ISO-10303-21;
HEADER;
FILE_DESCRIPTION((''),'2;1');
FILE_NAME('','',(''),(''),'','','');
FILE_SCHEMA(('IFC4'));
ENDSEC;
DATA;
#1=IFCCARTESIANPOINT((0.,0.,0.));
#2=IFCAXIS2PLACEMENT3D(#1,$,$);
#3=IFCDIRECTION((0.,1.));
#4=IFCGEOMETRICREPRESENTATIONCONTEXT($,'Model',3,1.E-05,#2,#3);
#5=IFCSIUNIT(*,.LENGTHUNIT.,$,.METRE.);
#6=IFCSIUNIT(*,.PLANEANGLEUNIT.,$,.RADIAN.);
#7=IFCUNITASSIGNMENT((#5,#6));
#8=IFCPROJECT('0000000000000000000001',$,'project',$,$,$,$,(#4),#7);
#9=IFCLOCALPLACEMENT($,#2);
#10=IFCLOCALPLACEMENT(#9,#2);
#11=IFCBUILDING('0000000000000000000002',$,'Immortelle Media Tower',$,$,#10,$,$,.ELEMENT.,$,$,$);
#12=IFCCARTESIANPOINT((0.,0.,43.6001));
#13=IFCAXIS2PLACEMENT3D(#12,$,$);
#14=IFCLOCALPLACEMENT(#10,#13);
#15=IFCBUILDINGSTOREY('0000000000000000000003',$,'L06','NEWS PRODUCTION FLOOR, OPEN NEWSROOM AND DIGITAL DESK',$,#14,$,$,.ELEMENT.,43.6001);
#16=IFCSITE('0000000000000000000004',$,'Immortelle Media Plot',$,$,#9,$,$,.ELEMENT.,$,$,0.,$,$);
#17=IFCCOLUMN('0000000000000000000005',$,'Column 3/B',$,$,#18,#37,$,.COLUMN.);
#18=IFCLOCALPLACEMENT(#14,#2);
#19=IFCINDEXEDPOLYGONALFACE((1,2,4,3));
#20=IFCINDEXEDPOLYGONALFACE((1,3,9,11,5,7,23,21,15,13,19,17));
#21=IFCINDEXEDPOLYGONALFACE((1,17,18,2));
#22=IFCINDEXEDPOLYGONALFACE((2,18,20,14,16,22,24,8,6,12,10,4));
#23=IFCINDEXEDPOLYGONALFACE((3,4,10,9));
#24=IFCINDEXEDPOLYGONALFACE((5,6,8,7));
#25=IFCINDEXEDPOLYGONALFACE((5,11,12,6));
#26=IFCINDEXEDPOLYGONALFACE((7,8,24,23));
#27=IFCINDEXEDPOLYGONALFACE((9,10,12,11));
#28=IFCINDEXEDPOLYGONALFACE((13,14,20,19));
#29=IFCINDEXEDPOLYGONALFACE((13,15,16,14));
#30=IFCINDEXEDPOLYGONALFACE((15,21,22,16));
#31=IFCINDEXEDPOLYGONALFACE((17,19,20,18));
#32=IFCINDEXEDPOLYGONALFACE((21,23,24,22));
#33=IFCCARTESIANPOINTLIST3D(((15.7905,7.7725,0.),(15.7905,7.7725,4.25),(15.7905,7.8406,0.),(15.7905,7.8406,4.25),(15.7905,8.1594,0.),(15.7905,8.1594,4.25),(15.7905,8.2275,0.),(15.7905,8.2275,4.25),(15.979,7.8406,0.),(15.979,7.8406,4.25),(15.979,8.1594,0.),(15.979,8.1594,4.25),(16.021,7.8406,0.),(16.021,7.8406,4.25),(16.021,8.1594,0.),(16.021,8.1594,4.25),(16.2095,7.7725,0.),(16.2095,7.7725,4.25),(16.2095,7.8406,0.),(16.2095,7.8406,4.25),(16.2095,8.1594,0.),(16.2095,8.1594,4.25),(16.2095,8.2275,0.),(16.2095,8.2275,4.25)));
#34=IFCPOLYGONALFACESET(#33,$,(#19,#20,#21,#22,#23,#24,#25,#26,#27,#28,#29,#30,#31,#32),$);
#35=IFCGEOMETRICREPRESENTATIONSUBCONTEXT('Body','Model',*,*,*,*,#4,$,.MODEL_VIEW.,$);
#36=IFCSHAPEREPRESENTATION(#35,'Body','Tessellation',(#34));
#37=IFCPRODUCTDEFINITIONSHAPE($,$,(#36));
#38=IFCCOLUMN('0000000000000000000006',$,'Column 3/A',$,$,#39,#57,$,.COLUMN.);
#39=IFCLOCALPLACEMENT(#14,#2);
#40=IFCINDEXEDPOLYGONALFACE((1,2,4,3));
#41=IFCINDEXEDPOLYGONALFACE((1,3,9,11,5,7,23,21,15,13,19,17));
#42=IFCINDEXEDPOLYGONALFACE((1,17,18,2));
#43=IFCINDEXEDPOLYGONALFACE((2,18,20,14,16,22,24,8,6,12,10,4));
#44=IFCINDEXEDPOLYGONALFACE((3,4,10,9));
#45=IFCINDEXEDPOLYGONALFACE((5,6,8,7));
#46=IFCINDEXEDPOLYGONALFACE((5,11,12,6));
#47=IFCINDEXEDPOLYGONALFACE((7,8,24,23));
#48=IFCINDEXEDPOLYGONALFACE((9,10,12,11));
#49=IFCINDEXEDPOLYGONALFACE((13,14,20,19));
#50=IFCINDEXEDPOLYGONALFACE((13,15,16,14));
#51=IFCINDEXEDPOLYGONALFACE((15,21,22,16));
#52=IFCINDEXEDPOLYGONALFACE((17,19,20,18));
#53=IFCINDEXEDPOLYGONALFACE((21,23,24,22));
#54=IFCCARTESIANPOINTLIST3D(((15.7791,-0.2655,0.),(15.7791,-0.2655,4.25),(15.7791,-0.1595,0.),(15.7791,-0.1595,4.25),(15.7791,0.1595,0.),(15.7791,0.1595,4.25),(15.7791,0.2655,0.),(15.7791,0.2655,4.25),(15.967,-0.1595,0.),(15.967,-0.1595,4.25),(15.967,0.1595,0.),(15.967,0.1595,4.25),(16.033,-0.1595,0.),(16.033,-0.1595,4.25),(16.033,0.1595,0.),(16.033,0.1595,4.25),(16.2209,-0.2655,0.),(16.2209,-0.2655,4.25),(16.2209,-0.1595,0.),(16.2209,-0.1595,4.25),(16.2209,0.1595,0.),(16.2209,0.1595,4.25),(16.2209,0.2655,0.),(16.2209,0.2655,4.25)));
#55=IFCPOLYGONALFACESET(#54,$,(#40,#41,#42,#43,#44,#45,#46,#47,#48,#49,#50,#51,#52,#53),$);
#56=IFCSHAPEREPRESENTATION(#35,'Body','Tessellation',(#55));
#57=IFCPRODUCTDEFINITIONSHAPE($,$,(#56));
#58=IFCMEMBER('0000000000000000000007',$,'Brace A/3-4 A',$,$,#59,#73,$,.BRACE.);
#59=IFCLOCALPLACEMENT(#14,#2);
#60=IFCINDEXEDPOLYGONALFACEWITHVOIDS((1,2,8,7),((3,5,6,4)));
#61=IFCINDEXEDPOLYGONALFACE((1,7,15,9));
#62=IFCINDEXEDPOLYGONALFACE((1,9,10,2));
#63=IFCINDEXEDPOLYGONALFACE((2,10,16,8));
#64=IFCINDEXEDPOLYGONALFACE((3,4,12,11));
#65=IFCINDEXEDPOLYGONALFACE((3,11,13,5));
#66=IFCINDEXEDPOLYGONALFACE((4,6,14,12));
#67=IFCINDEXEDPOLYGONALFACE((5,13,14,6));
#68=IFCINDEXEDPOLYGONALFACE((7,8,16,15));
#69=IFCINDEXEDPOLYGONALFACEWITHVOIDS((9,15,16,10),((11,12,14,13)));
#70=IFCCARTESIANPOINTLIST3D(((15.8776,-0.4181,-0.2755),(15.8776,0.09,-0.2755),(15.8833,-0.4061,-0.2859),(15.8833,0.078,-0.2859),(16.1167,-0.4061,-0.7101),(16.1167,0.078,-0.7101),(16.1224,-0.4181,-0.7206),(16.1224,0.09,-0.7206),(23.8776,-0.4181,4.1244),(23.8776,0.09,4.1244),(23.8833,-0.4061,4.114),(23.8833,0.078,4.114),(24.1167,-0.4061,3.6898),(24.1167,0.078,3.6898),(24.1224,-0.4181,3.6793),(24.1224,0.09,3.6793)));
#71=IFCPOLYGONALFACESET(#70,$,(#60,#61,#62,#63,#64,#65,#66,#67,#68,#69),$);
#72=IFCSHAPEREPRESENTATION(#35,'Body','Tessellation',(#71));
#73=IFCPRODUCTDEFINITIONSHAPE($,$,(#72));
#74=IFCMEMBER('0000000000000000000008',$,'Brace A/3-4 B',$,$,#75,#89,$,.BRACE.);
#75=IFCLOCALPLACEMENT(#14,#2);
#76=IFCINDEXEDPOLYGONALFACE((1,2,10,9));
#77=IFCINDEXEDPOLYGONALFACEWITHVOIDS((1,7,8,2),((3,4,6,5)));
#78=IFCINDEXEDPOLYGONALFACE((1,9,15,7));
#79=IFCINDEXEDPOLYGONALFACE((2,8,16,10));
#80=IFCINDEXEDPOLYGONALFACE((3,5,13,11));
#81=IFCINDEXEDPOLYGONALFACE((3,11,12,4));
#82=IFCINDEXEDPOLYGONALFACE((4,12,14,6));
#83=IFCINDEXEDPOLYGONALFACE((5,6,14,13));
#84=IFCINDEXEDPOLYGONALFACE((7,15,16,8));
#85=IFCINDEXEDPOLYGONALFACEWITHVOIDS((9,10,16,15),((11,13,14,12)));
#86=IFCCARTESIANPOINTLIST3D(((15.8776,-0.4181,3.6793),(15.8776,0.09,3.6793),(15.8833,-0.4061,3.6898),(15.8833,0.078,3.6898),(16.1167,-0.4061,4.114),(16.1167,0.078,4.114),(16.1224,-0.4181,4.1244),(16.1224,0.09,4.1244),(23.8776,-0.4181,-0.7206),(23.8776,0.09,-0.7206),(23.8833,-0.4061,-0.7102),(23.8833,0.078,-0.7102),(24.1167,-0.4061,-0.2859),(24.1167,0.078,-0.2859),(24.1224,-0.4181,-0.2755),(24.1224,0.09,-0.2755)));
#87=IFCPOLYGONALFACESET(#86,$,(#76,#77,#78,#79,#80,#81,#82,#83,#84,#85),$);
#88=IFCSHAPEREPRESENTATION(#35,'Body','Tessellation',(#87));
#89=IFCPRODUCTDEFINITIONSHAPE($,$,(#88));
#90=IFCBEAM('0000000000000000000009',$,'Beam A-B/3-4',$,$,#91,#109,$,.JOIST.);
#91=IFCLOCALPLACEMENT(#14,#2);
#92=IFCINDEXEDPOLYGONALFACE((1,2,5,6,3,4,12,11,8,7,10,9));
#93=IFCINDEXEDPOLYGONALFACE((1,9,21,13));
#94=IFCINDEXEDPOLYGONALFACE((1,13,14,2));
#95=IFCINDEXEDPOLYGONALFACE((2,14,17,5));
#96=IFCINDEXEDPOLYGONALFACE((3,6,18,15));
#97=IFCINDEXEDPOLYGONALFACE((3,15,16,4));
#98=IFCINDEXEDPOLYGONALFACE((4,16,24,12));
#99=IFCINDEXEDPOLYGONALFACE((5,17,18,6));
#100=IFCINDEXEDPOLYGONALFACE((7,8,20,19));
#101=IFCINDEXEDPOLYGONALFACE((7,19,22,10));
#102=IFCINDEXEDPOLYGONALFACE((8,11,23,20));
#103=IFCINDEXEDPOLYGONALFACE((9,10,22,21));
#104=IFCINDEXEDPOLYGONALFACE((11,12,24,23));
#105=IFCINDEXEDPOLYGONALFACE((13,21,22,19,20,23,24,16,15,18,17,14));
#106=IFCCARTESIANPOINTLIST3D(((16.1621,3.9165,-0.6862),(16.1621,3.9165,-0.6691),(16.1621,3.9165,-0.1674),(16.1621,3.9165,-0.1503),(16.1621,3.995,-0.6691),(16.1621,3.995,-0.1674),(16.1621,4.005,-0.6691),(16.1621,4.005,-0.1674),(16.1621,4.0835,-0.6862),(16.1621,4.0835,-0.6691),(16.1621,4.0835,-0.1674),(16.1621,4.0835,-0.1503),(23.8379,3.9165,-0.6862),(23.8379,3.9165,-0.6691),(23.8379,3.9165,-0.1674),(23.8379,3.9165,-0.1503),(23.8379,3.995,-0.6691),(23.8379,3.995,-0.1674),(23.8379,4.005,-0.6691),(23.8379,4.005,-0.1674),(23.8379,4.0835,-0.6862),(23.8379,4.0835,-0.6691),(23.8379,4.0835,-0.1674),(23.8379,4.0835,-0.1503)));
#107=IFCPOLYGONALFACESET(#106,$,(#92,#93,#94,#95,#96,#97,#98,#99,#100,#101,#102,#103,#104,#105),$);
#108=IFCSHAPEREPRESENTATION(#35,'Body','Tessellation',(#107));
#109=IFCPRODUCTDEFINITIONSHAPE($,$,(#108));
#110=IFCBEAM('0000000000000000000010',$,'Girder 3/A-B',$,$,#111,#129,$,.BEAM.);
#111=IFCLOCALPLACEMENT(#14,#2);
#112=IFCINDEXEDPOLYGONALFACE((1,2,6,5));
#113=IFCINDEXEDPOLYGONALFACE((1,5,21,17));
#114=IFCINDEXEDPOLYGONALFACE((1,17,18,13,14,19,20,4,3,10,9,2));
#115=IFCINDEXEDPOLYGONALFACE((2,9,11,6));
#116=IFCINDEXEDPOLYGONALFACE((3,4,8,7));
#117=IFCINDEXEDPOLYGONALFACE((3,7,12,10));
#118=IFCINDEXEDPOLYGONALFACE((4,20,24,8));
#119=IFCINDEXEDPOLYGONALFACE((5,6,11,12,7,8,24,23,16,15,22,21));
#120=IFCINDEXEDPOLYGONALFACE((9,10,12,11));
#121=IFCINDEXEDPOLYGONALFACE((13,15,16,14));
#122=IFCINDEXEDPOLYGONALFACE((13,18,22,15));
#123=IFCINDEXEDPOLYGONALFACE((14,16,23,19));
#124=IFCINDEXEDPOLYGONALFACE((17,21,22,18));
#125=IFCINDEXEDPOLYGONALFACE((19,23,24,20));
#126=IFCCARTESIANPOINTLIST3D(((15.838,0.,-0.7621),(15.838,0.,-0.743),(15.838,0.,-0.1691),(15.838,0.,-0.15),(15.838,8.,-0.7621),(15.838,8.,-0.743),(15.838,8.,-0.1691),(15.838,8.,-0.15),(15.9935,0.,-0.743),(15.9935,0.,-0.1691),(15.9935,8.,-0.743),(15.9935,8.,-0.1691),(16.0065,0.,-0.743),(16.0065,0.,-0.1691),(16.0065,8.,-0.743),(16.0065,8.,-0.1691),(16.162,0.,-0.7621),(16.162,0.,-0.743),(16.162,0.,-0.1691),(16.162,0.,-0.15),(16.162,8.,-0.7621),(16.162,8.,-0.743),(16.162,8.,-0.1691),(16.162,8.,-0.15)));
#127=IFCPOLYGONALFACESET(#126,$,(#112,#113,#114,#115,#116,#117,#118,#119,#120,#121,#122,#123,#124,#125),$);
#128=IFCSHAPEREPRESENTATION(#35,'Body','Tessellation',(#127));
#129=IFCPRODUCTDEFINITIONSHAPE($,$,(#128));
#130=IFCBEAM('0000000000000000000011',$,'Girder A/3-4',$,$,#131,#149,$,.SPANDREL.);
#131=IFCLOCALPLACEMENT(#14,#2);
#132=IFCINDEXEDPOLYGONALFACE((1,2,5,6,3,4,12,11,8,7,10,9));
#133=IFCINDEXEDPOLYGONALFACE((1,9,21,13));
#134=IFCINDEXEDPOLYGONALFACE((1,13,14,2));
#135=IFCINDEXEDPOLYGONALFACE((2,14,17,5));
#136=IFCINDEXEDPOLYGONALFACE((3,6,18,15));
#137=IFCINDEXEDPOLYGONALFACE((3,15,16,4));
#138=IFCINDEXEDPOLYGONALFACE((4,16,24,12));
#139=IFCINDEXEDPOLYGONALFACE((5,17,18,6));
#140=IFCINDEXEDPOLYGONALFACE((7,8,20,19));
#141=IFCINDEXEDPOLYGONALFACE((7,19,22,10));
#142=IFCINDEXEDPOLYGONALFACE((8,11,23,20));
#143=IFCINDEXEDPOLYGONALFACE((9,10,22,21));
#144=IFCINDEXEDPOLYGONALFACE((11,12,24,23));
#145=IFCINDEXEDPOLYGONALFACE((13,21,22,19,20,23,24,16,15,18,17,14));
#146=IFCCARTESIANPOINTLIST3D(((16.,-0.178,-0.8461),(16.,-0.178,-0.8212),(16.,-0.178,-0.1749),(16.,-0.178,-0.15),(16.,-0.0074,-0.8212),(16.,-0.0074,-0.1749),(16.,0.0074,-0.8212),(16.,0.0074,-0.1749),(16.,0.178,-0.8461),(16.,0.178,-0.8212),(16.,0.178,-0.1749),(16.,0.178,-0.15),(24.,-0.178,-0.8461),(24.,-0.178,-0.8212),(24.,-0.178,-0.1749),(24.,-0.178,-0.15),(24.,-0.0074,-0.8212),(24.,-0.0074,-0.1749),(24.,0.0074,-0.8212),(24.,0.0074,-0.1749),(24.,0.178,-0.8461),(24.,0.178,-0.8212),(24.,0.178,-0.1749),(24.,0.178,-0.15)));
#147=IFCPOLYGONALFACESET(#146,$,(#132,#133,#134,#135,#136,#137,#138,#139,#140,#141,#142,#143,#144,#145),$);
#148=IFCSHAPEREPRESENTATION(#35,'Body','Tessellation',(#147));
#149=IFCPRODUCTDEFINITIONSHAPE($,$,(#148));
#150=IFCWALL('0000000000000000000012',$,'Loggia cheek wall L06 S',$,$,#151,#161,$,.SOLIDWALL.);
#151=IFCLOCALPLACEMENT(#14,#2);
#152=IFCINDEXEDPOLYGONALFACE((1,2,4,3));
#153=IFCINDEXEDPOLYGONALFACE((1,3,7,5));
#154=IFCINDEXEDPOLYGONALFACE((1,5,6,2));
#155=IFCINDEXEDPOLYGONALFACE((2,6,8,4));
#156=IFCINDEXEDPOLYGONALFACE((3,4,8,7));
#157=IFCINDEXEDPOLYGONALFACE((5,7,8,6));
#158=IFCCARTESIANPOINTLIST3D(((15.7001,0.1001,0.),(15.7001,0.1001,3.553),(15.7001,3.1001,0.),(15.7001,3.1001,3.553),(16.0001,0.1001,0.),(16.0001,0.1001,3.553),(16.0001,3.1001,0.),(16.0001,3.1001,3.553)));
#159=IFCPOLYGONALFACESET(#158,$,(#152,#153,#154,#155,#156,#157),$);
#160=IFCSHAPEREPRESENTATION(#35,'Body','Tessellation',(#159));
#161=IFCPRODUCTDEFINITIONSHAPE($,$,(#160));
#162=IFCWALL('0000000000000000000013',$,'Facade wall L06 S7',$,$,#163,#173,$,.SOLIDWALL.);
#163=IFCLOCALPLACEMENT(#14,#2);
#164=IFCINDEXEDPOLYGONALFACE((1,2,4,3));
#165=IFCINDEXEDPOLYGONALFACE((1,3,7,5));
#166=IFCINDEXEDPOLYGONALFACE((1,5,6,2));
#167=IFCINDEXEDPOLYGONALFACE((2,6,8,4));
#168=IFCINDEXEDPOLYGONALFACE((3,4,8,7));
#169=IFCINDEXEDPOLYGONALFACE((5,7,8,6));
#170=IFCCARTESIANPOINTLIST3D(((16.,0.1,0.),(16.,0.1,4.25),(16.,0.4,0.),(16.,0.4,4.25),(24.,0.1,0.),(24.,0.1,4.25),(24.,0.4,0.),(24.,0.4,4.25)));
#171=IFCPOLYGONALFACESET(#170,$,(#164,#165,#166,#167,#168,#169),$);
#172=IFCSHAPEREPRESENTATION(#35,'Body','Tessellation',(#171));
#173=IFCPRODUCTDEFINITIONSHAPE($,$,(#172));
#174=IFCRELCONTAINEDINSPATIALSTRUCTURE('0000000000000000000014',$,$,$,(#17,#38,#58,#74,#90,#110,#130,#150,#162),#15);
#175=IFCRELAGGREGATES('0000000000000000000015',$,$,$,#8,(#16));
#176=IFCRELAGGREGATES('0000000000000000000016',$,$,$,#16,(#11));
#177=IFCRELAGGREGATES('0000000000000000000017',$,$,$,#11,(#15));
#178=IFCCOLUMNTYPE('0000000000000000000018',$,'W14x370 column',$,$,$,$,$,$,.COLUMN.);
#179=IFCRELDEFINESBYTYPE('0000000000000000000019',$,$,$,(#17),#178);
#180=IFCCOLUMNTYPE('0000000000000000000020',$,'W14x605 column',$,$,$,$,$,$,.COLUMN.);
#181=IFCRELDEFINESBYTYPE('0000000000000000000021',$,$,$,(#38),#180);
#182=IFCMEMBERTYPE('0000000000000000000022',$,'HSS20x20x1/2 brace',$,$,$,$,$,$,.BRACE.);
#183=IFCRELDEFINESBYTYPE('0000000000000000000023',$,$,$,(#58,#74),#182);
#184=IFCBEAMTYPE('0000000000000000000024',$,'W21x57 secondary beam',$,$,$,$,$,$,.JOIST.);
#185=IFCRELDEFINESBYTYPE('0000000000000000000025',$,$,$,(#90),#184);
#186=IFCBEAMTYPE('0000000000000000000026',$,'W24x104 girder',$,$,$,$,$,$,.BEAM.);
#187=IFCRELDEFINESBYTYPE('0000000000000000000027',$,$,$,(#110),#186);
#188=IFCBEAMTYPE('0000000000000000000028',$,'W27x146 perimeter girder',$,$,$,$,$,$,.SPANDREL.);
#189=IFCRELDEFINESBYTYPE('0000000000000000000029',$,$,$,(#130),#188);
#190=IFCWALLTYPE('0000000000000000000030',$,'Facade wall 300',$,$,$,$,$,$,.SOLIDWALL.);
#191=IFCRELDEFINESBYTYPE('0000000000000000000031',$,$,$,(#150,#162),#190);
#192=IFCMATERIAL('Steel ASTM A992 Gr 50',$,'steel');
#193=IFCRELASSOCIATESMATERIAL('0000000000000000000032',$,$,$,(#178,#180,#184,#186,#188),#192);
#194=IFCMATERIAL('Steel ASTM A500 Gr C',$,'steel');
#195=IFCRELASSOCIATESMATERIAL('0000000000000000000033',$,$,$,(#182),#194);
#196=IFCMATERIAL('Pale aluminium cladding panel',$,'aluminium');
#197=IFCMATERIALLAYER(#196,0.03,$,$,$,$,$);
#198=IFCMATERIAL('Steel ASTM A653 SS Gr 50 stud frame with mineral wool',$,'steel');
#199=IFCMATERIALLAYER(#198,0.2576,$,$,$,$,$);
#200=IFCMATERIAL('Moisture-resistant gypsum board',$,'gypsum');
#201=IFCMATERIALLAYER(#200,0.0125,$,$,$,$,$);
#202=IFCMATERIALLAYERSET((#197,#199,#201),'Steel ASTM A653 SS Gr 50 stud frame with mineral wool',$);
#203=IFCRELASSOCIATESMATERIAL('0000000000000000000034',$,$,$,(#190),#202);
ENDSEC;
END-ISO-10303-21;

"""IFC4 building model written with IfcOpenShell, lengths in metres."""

from ifc_helpers import new_model, si_unit, direction, frame, frame_2d, origin, origin_2d, place, context, subcontext, project, spatial, rectangle, hollow_rectangle, i_section, extrude, material, layer, layer_set, material_profile, profile_set, type_object, element, save


model = new_model("IFC4")

# Units and contexts
model_context = context("Model", 3, precision=1e-05, world=origin(), true_north=direction((0.0, 1.0)))
body_context = subcontext(model_context, "Body", "Model", "MODEL_VIEW")
ifc_project = project(units=[si_unit("LENGTHUNIT", "METRE"), si_unit("PLANEANGLEUNIT", "RADIAN")], contexts=[model_context])

# Site, building, storey
site_placement = place(None, origin())
site = spatial("IfcSite", under=ifc_project, at=site_placement, Name="Immortelle Media Plot", CompositionType="ELEMENT", RefElevation=0.0)
building_placement = place(site_placement, origin())
building = spatial("IfcBuilding", under=site, at=building_placement, Name="Immortelle Media Tower", CompositionType="ELEMENT")
storey_placement = place(building_placement, frame((0.0, 0.0, 43.6001)))
storey = spatial("IfcBuildingStorey", under=building, at=storey_placement, Name="L06", Description="NEWS PRODUCTION FLOOR, OPEN NEWSROOM AND DIGITAL DESK", CompositionType="ELEMENT", Elevation=43.6001)

# Columns
ifc_material_1 = material(Name="Steel ASTM A992 Gr 50", Category="steel")
ifc_material_profile_1 = material_profile(ifc_material_1, i_section(OverallWidth=0.4189, OverallDepth=0.4551, WebThickness=0.042, FlangeThickness=0.0681, at=origin_2d()), Name="W14x370")
ifc_profile_set_1 = profile_set([ifc_material_profile_1], Name="Steel ASTM A992 Gr 50")
column_type_1 = type_object("IfcColumnType", Name="W14x370 column", PredefinedType="COLUMN", material=ifc_profile_set_1)
column_1_placement = place(storey_placement, frame((16.0, 8.0, 0.0), z_axis=(0.0, 0.0, 1.0), x_axis=(1.0, 0.0, 0.0)))
element("IfcColumn", 1, at=column_1_placement, inside=storey, type_object=column_type_1, Name="Column 3/B", PredefinedType="COLUMN", context=body_context, shape_type="SweptSolid", body=[
    extrude(i_section(OverallWidth=0.4189, OverallDepth=0.4551, WebThickness=0.042, FlangeThickness=0.0681, at=origin_2d()), origin(), (0.0, 0.0, 1.0), 4.25),
])
ifc_material_profile_2 = material_profile(ifc_material_1, i_section(OverallWidth=0.4419, OverallDepth=0.531, WebThickness=0.0659, FlangeThickness=0.106, at=origin_2d()), Name="W14x605")
ifc_profile_set_2 = profile_set([ifc_material_profile_2], Name="Steel ASTM A992 Gr 50")
column_type_2 = type_object("IfcColumnType", Name="W14x605 column", PredefinedType="COLUMN", material=ifc_profile_set_2)
column_2_placement = place(storey_placement, frame((16.0, 0.0, 0.0), z_axis=(0.0, 0.0, 1.0), x_axis=(1.0, 0.0, 0.0)))
element("IfcColumn", 2, at=column_2_placement, inside=storey, type_object=column_type_2, Name="Column 3/A", PredefinedType="COLUMN", context=body_context, shape_type="SweptSolid", body=[
    extrude(i_section(OverallWidth=0.4419, OverallDepth=0.531, WebThickness=0.0659, FlangeThickness=0.106, at=origin_2d()), origin(), (0.0, 0.0, 1.0), 4.25),
])

# Members
ifc_material_2 = material(Name="Steel ASTM A500 Gr C", Category="steel")
ifc_material_profile_3 = material_profile(ifc_material_2, hollow_rectangle(XDim=0.5081, YDim=0.5081, WallThickness=0.012, at=origin_2d()), Name="HSS20x20x1/2 brace")
ifc_profile_set_3 = profile_set([ifc_material_profile_3], Name="Steel ASTM A500 Gr C")
member_type = type_object("IfcMemberType", Name="HSS20x20x1/2 brace", PredefinedType="BRACE", material=ifc_profile_set_3)
for number, where, z_axis, x_axis, name in (
    (3, (16.0, -0.1641, -0.498), (0.87622, 0.0, 0.481911), (0.0, 1.0, 0.0), "Brace A/3-4 A"),
    (4, (16.0, -0.1641, 3.9019), (0.87622, 0.0, -0.481911), (0.0, 1.0, 0.0), "Brace A/3-4 B"),
):
    element("IfcMember", number, at=place(storey_placement, frame(where, z_axis=z_axis, x_axis=x_axis)), inside=storey, type_object=member_type, Name=name, PredefinedType="BRACE", context=body_context, shape_type="SweptSolid", body=[
        extrude(hollow_rectangle(XDim=0.5081, YDim=0.5081, WallThickness=0.012, at=origin_2d()), origin(), (0.0, 0.0, 1.0), 9.1301),
    ])

# Beams
ifc_material_profile_4 = material_profile(ifc_material_1, i_section(OverallWidth=0.167, OverallDepth=0.5359, WebThickness=0.01, FlangeThickness=0.0171, at=origin_2d()), Name="W21x57")
ifc_profile_set_4 = profile_set([ifc_material_profile_4], Name="Steel ASTM A992 Gr 50")
beam_type_1 = type_object("IfcBeamType", Name="W21x57 secondary beam", PredefinedType="JOIST", material=ifc_profile_set_4)
beam_1_placement = place(storey_placement, frame((16.1621, 4.0, -0.4182), z_axis=(1.0, 0.0, 0.0), x_axis=(0.0, 1.0, 0.0)))
element("IfcBeam", 5, at=beam_1_placement, inside=storey, type_object=beam_type_1, Name="Beam A-B/3-4", PredefinedType="JOIST", context=body_context, shape_type="SweptSolid", body=[
    extrude(i_section(OverallWidth=0.167, OverallDepth=0.5359, WebThickness=0.01, FlangeThickness=0.0171, at=origin_2d()), origin(), (0.0, 0.0, 1.0), 7.6758),
])
ifc_material_profile_5 = material_profile(ifc_material_1, i_section(OverallWidth=0.324, OverallDepth=0.6121, WebThickness=0.0129, FlangeThickness=0.019, at=origin_2d()), Name="W24x104")
ifc_profile_set_5 = profile_set([ifc_material_profile_5], Name="Steel ASTM A992 Gr 50")
beam_type_2 = type_object("IfcBeamType", Name="W24x104 girder", PredefinedType="BEAM", material=ifc_profile_set_5)
beam_2_placement = place(storey_placement, frame((16.0, 0.0, -0.4561), z_axis=(0.0, 1.0, 0.0), x_axis=(-1.0, 0.0, 0.0)))
element("IfcBeam", 6, at=beam_2_placement, inside=storey, type_object=beam_type_2, Name="Girder 3/A-B", PredefinedType="BEAM", context=body_context, shape_type="SweptSolid", body=[
    extrude(i_section(OverallWidth=0.324, OverallDepth=0.6121, WebThickness=0.0129, FlangeThickness=0.019, at=origin_2d()), origin(), (0.0, 0.0, 1.0), 8.0),
])
ifc_material_profile_6 = material_profile(ifc_material_1, i_section(OverallWidth=0.356, OverallDepth=0.696, WebThickness=0.0149, FlangeThickness=0.0249, at=origin_2d()), Name="W27x146")
ifc_profile_set_6 = profile_set([ifc_material_profile_6], Name="Steel ASTM A992 Gr 50")
beam_type_3 = type_object("IfcBeamType", Name="W27x146 perimeter girder", PredefinedType="SPANDREL", material=ifc_profile_set_6)
beam_3_placement = place(storey_placement, frame((16.0, 0.0, -0.498), z_axis=(1.0, 0.0, 0.0), x_axis=(0.0, 1.0, 0.0)))
element("IfcBeam", 7, at=beam_3_placement, inside=storey, type_object=beam_type_3, Name="Girder A/3-4", PredefinedType="SPANDREL", context=body_context, shape_type="SweptSolid", body=[
    extrude(i_section(OverallWidth=0.356, OverallDepth=0.696, WebThickness=0.0149, FlangeThickness=0.0249, at=origin_2d()), origin(), (0.0, 0.0, 1.0), 8.0),
])

# Walls
ifc_material_3 = material(Name="Pale aluminium cladding panel", Category="aluminium")
ifc_layer_1 = layer(ifc_material_3, 0.03)
ifc_material_4 = material(Name="Steel ASTM A653 SS Gr 50 stud frame with mineral wool", Category="steel")
ifc_layer_2 = layer(ifc_material_4, 0.2576)
ifc_material_5 = material(Name="Moisture-resistant gypsum board", Category="gypsum")
ifc_layer_3 = layer(ifc_material_5, 0.0125)
ifc_layer_set_1 = layer_set([ifc_layer_1, ifc_layer_2, ifc_layer_3], Name="Steel ASTM A653 SS Gr 50 stud frame with mineral wool")
wall_type_1 = type_object("IfcWallType", Name="Facade wall 300", PredefinedType="SOLIDWALL", material=ifc_layer_set_1)
wall_1_placement = place(storey_placement, frame((15.8501, 0.1001, 0.0), z_axis=(0.0, 0.0, 1.0), x_axis=(0.0, 1.0, 0.0)))
element("IfcWall", 8, at=wall_1_placement, inside=storey, type_object=wall_type_1, Name="Loggia cheek wall L06 S", PredefinedType="SOLIDWALL", context=body_context, shape_type="SweptSolid", body=[
    extrude(rectangle(XDim=3.0, YDim=0.3, at=frame_2d((1.5, 0.0))), origin(), (0.0, 0.0, 1.0), 3.553),
])
wall_2_placement = place(storey_placement, frame((16.0, 0.25, 0.0), z_axis=(0.0, 0.0, 1.0), x_axis=(1.0, 0.0, 0.0)))
element("IfcWall", 9, at=wall_2_placement, inside=storey, type_object=wall_type_1, Name="Facade wall L06 S7", PredefinedType="SOLIDWALL", context=body_context, shape_type="SweptSolid", body=[
    extrude(rectangle(XDim=8.0, YDim=0.3, at=frame_2d((4.0, 0.0))), origin(), (0.0, 0.0, 1.0), 4.25),
])

save(model, "model.ifc")
